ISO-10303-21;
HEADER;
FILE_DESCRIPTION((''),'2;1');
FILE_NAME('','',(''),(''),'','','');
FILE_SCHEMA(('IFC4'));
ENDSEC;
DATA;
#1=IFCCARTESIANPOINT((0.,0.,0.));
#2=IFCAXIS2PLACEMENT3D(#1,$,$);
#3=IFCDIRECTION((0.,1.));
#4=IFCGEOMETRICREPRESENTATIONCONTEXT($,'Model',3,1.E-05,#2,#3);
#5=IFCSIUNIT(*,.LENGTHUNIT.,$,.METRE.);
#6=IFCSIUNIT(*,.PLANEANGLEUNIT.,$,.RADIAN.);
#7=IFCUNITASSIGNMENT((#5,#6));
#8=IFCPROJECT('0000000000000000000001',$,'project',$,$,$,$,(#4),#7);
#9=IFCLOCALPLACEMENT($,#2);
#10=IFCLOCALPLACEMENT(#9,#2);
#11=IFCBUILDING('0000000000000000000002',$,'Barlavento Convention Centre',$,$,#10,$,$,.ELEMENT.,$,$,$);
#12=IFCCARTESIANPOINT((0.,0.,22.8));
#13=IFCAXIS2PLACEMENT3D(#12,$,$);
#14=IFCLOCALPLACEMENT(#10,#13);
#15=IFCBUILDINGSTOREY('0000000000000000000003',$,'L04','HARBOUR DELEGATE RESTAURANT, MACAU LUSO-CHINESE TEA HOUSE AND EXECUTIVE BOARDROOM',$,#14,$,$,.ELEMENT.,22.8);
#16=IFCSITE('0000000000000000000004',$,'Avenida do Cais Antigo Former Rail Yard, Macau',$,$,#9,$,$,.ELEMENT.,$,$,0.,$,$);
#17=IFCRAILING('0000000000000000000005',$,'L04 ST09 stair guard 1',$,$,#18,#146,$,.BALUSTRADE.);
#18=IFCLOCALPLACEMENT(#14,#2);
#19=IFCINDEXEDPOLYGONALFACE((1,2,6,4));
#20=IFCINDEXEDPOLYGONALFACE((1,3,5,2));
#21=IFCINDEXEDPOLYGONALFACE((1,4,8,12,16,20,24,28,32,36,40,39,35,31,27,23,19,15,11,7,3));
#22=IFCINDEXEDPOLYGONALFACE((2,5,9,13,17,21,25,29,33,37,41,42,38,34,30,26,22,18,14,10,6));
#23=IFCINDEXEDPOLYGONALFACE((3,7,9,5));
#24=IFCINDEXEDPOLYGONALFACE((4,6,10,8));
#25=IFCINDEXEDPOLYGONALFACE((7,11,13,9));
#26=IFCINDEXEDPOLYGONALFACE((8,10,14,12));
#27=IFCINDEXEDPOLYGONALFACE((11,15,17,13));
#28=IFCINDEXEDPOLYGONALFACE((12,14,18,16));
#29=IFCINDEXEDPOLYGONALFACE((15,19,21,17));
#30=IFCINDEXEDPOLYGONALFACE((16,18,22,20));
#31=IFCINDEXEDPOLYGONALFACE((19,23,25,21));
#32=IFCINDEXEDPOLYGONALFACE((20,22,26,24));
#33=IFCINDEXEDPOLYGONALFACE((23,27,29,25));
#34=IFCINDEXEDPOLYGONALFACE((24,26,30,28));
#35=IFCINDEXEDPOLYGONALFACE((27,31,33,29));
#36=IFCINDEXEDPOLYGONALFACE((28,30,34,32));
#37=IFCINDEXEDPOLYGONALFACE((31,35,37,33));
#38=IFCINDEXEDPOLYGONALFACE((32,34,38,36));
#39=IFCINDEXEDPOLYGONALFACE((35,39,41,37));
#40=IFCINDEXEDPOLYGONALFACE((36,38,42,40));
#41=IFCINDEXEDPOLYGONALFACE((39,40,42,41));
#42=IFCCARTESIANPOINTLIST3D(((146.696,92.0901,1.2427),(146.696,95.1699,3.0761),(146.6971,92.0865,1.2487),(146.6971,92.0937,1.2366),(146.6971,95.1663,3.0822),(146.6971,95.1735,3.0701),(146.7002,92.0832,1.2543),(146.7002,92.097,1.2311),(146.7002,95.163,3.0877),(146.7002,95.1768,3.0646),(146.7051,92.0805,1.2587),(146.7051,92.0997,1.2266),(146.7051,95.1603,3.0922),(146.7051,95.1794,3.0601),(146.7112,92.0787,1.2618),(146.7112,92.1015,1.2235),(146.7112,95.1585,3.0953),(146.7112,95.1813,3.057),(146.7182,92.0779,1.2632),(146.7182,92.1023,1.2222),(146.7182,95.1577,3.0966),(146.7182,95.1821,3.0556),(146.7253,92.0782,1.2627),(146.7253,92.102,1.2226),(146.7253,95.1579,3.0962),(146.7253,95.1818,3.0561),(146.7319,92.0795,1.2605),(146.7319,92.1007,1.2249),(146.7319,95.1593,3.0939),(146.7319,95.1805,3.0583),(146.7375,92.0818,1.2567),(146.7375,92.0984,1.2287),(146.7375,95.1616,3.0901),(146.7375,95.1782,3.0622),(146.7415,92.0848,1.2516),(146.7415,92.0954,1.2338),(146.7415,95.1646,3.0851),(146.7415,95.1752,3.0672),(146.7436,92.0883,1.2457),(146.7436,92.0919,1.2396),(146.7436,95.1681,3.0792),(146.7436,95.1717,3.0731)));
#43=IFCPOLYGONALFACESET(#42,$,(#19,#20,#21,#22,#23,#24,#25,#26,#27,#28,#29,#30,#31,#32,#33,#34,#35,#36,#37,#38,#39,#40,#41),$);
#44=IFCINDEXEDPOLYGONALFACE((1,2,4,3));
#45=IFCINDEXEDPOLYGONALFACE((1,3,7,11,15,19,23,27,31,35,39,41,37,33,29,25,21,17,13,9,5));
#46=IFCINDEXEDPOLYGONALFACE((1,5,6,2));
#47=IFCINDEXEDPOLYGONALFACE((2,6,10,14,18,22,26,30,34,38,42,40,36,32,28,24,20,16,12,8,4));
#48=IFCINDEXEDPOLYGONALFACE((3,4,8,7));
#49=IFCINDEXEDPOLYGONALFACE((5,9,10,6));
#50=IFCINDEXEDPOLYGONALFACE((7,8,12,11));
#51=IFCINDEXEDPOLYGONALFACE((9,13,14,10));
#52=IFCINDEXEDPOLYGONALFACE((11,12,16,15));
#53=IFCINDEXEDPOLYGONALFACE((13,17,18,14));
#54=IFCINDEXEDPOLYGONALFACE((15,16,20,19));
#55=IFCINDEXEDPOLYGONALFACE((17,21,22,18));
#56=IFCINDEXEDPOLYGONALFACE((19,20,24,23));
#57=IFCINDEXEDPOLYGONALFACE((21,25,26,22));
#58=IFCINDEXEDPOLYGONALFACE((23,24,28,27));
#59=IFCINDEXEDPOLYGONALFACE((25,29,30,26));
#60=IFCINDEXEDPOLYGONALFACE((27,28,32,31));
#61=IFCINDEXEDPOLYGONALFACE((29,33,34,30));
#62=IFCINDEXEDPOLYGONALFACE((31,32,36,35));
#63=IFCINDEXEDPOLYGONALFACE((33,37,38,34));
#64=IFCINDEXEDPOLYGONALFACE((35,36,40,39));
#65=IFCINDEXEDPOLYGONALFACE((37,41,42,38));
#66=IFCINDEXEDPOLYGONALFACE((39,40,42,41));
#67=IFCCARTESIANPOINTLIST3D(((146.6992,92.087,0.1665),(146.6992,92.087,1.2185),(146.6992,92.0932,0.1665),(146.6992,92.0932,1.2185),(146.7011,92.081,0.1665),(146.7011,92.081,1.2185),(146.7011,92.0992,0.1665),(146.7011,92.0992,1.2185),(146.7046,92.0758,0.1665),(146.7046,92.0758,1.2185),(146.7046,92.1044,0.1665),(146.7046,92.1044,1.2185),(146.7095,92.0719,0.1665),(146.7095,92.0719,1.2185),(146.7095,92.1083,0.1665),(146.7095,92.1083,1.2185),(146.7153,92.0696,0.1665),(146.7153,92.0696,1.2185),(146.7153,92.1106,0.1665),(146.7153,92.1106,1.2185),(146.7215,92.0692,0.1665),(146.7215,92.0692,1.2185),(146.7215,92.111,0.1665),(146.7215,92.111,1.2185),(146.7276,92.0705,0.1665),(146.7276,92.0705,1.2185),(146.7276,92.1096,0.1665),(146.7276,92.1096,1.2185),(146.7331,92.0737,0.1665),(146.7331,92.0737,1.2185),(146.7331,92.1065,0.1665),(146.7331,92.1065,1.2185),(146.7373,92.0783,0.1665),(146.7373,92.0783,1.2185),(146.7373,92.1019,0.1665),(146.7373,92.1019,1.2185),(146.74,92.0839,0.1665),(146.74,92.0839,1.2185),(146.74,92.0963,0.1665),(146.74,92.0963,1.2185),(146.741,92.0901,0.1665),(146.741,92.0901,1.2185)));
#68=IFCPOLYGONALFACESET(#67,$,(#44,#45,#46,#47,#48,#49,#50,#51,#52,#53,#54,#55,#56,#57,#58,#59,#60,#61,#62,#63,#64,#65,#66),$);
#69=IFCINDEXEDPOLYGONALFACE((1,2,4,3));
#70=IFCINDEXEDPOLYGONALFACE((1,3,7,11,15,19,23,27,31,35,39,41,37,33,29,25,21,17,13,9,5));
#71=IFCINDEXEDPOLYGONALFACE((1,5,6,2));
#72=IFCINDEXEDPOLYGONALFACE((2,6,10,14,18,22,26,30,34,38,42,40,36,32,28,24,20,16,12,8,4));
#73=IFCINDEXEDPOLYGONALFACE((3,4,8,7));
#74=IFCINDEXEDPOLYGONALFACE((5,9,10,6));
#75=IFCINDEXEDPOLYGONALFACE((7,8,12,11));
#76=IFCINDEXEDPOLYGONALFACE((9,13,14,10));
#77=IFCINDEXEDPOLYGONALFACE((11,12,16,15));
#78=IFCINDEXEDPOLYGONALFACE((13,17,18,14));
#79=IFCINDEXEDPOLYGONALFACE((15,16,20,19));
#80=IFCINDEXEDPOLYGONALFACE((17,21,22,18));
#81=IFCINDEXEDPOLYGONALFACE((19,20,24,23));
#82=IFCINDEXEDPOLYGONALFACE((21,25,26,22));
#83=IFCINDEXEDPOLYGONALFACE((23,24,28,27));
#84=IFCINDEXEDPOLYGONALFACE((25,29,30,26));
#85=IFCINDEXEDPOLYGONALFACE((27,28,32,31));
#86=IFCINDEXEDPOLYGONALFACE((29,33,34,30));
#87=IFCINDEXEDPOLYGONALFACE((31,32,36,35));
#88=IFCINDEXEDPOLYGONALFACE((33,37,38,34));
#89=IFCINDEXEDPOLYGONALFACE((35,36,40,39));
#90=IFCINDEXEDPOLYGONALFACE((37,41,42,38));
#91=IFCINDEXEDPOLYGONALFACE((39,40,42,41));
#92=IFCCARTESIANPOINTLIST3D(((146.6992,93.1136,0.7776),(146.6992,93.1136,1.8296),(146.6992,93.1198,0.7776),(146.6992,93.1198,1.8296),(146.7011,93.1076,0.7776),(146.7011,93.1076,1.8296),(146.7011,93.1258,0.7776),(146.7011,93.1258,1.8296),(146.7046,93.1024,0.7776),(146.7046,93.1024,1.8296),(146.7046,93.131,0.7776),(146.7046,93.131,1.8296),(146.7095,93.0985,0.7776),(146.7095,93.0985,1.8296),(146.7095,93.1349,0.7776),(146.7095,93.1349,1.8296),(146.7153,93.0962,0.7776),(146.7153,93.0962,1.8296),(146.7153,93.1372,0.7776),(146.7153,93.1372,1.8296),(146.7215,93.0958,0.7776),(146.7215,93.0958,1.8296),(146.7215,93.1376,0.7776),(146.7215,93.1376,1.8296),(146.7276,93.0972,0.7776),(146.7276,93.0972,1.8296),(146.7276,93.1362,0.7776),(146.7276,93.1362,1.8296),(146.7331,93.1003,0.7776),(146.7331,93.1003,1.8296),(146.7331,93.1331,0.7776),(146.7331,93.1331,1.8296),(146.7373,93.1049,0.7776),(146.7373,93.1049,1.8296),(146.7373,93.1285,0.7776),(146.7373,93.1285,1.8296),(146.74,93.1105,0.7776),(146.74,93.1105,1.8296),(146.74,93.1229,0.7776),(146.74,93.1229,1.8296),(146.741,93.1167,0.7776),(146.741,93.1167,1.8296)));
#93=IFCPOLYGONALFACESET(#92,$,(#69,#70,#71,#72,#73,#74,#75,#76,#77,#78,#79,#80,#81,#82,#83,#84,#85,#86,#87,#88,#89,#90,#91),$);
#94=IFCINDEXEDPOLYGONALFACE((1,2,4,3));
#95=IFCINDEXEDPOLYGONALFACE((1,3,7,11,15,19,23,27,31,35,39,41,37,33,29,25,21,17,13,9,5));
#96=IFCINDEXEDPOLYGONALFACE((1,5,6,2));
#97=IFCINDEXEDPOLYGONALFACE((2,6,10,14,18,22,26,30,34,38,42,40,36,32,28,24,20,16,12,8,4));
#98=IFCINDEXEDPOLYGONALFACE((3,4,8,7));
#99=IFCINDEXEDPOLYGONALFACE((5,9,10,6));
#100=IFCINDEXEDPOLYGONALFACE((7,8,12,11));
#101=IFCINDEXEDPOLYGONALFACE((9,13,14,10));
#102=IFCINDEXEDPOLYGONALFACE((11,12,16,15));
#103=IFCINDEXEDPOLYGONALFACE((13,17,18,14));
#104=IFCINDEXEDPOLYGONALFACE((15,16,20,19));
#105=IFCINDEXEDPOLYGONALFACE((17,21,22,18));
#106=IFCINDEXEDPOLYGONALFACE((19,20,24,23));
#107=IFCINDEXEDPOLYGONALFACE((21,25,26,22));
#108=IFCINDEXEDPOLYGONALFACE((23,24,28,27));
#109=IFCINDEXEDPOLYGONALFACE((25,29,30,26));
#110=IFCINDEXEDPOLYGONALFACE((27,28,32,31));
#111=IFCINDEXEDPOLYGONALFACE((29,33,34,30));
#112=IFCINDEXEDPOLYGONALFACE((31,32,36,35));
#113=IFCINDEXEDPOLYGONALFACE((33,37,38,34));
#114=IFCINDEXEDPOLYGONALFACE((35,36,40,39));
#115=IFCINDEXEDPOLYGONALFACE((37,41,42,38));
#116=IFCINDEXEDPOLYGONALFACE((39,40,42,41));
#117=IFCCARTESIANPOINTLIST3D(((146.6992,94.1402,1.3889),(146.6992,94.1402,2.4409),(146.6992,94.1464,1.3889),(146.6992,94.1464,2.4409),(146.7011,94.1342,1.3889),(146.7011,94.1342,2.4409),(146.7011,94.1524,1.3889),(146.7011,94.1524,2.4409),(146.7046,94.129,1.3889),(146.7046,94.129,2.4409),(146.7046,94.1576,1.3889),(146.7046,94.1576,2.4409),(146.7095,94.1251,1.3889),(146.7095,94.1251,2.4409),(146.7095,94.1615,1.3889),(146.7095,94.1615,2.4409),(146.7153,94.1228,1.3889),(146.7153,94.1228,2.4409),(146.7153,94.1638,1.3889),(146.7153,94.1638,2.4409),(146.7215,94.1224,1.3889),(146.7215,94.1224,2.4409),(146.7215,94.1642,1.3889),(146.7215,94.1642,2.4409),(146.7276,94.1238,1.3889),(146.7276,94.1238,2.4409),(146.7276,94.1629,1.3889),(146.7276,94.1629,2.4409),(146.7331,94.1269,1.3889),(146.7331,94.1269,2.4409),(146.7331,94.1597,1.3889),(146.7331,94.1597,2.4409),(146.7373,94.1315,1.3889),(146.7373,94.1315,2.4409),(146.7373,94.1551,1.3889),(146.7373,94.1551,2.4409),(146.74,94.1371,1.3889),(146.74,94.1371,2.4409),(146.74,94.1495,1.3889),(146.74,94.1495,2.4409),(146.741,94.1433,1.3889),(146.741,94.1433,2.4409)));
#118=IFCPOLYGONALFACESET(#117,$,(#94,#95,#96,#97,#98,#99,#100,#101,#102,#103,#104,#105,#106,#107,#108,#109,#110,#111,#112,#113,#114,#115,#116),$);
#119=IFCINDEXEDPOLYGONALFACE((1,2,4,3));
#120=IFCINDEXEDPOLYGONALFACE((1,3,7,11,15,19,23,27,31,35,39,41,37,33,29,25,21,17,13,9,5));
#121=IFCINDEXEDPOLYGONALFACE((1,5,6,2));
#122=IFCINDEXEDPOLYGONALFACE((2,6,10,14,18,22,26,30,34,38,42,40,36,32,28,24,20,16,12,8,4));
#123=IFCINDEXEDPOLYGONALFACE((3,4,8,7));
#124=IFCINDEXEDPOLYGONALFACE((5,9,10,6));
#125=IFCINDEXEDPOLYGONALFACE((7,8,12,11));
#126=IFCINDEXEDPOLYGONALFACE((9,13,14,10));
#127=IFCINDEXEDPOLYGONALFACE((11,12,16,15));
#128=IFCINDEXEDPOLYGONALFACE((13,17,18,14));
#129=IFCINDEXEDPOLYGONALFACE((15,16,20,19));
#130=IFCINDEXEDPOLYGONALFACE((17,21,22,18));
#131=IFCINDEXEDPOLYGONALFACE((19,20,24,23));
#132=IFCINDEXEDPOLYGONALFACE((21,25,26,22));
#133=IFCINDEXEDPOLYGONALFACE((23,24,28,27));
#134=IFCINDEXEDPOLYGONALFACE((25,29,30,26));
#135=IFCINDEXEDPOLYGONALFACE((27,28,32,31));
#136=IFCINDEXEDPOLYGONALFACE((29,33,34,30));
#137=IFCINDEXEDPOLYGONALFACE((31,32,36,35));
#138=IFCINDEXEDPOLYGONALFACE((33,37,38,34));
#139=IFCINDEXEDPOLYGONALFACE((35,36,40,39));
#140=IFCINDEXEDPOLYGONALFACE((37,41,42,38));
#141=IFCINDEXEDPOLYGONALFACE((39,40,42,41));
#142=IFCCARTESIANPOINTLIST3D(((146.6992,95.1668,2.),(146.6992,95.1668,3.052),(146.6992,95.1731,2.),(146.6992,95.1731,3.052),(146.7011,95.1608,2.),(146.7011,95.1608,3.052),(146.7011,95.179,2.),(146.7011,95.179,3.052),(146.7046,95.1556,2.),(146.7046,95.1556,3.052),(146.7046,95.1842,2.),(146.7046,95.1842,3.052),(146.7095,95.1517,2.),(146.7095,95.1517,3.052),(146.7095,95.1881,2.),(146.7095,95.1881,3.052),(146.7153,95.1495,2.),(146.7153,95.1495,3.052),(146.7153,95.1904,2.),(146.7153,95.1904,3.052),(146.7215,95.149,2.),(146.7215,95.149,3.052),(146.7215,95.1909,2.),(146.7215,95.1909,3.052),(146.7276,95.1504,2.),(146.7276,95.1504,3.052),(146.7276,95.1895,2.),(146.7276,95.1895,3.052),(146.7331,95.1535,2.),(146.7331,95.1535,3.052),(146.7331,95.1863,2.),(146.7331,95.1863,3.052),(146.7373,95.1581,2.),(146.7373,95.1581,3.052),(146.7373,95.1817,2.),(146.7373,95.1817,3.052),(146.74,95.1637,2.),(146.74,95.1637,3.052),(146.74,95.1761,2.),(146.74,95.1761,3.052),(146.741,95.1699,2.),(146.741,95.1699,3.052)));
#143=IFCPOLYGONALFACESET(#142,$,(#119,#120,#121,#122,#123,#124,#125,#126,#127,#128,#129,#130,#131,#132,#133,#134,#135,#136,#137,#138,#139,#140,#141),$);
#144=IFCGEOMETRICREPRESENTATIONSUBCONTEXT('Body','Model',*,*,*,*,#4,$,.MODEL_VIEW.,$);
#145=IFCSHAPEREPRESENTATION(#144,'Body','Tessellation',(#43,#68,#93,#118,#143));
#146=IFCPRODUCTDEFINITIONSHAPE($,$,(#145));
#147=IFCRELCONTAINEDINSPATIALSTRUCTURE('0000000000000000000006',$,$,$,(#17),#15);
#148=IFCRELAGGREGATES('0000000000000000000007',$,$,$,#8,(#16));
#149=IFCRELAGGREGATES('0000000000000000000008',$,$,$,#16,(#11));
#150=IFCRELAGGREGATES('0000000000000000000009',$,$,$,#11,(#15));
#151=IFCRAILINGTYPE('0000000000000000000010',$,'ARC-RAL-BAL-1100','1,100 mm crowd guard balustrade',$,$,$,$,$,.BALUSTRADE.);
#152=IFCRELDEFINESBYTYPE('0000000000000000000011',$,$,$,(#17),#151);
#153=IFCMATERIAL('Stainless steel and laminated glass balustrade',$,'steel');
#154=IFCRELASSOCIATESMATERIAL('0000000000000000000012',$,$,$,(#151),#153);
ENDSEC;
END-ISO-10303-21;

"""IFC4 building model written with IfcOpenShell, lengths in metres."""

from ifc_helpers import new_model, si_unit, direction, frame, origin, origin_2d, place, context, subcontext, project, spatial, circle, extrude, material, type_object, element, save


model = new_model("IFC4")

# Units and contexts
model_context = context("Model", 3, precision=1e-05, world=origin(), true_north=direction((0.0, 1.0)))
body_context = subcontext(model_context, "Body", "Model", "MODEL_VIEW")
ifc_project = project(units=[si_unit("LENGTHUNIT", "METRE"), si_unit("PLANEANGLEUNIT", "RADIAN")], contexts=[model_context])

# Site, building, storey
site_placement = place(None, origin())
site = spatial("IfcSite", under=ifc_project, at=site_placement, Name="Avenida do Cais Antigo Former Rail Yard, Macau", CompositionType="ELEMENT", RefElevation=0.0)
building_placement = place(site_placement, origin())
building = spatial("IfcBuilding", under=site, at=building_placement, Name="Barlavento Convention Centre", CompositionType="ELEMENT")
storey_placement = place(building_placement, frame((0.0, 0.0, 22.8)))
storey = spatial("IfcBuildingStorey", under=building, at=storey_placement, Name="L04", Description="HARBOUR DELEGATE RESTAURANT, MACAU LUSO-CHINESE TEA HOUSE AND EXECUTIVE BOARDROOM", CompositionType="ELEMENT", Elevation=22.8)

# Railing
ifc_material_1 = material(Name="Stainless steel and laminated glass balustrade", Category="steel")
railing_type_1 = type_object("IfcRailingType", Name="ARC-RAL-BAL-1100", Description="1,100 mm crowd guard balustrade", PredefinedType="BALUSTRADE", material=ifc_material_1)
railing_1_placement = place(storey_placement, frame((146.72, 92.0901, 0.1665)))
element("IfcRailing", 1, at=railing_1_placement, inside=storey, type_object=railing_type_1, Name="L04 ST09 stair guard 1", PredefinedType="BALUSTRADE", context=body_context, shape_type="SweptSolid", body=[
    extrude(circle(Radius=0.0239, at=origin_2d()), frame((0.0, 0.0, 1.0762), z_axis=(0.0, 0.859261, 0.511538), x_axis=(-1.0, 0.0, 0.0)), (0.0, 0.0, 1.0), 3.5842),
    extrude(circle(Radius=0.021, at=origin_2d()), origin(), (0.0, 0.0, 1.0), 1.052),
    extrude(circle(Radius=0.021, at=origin_2d()), frame((0.0, 1.0266, 0.6111)), (0.0, 0.0, 1.0), 1.052),
    extrude(circle(Radius=0.021, at=origin_2d()), frame((0.0, 2.0532, 1.2224)), (0.0, 0.0, 1.0), 1.052),
    extrude(circle(Radius=0.021, at=origin_2d()), frame((0.0, 3.0798, 1.8335)), (0.0, 0.0, 1.0), 1.052),
])

save(model, "model.ifc")
